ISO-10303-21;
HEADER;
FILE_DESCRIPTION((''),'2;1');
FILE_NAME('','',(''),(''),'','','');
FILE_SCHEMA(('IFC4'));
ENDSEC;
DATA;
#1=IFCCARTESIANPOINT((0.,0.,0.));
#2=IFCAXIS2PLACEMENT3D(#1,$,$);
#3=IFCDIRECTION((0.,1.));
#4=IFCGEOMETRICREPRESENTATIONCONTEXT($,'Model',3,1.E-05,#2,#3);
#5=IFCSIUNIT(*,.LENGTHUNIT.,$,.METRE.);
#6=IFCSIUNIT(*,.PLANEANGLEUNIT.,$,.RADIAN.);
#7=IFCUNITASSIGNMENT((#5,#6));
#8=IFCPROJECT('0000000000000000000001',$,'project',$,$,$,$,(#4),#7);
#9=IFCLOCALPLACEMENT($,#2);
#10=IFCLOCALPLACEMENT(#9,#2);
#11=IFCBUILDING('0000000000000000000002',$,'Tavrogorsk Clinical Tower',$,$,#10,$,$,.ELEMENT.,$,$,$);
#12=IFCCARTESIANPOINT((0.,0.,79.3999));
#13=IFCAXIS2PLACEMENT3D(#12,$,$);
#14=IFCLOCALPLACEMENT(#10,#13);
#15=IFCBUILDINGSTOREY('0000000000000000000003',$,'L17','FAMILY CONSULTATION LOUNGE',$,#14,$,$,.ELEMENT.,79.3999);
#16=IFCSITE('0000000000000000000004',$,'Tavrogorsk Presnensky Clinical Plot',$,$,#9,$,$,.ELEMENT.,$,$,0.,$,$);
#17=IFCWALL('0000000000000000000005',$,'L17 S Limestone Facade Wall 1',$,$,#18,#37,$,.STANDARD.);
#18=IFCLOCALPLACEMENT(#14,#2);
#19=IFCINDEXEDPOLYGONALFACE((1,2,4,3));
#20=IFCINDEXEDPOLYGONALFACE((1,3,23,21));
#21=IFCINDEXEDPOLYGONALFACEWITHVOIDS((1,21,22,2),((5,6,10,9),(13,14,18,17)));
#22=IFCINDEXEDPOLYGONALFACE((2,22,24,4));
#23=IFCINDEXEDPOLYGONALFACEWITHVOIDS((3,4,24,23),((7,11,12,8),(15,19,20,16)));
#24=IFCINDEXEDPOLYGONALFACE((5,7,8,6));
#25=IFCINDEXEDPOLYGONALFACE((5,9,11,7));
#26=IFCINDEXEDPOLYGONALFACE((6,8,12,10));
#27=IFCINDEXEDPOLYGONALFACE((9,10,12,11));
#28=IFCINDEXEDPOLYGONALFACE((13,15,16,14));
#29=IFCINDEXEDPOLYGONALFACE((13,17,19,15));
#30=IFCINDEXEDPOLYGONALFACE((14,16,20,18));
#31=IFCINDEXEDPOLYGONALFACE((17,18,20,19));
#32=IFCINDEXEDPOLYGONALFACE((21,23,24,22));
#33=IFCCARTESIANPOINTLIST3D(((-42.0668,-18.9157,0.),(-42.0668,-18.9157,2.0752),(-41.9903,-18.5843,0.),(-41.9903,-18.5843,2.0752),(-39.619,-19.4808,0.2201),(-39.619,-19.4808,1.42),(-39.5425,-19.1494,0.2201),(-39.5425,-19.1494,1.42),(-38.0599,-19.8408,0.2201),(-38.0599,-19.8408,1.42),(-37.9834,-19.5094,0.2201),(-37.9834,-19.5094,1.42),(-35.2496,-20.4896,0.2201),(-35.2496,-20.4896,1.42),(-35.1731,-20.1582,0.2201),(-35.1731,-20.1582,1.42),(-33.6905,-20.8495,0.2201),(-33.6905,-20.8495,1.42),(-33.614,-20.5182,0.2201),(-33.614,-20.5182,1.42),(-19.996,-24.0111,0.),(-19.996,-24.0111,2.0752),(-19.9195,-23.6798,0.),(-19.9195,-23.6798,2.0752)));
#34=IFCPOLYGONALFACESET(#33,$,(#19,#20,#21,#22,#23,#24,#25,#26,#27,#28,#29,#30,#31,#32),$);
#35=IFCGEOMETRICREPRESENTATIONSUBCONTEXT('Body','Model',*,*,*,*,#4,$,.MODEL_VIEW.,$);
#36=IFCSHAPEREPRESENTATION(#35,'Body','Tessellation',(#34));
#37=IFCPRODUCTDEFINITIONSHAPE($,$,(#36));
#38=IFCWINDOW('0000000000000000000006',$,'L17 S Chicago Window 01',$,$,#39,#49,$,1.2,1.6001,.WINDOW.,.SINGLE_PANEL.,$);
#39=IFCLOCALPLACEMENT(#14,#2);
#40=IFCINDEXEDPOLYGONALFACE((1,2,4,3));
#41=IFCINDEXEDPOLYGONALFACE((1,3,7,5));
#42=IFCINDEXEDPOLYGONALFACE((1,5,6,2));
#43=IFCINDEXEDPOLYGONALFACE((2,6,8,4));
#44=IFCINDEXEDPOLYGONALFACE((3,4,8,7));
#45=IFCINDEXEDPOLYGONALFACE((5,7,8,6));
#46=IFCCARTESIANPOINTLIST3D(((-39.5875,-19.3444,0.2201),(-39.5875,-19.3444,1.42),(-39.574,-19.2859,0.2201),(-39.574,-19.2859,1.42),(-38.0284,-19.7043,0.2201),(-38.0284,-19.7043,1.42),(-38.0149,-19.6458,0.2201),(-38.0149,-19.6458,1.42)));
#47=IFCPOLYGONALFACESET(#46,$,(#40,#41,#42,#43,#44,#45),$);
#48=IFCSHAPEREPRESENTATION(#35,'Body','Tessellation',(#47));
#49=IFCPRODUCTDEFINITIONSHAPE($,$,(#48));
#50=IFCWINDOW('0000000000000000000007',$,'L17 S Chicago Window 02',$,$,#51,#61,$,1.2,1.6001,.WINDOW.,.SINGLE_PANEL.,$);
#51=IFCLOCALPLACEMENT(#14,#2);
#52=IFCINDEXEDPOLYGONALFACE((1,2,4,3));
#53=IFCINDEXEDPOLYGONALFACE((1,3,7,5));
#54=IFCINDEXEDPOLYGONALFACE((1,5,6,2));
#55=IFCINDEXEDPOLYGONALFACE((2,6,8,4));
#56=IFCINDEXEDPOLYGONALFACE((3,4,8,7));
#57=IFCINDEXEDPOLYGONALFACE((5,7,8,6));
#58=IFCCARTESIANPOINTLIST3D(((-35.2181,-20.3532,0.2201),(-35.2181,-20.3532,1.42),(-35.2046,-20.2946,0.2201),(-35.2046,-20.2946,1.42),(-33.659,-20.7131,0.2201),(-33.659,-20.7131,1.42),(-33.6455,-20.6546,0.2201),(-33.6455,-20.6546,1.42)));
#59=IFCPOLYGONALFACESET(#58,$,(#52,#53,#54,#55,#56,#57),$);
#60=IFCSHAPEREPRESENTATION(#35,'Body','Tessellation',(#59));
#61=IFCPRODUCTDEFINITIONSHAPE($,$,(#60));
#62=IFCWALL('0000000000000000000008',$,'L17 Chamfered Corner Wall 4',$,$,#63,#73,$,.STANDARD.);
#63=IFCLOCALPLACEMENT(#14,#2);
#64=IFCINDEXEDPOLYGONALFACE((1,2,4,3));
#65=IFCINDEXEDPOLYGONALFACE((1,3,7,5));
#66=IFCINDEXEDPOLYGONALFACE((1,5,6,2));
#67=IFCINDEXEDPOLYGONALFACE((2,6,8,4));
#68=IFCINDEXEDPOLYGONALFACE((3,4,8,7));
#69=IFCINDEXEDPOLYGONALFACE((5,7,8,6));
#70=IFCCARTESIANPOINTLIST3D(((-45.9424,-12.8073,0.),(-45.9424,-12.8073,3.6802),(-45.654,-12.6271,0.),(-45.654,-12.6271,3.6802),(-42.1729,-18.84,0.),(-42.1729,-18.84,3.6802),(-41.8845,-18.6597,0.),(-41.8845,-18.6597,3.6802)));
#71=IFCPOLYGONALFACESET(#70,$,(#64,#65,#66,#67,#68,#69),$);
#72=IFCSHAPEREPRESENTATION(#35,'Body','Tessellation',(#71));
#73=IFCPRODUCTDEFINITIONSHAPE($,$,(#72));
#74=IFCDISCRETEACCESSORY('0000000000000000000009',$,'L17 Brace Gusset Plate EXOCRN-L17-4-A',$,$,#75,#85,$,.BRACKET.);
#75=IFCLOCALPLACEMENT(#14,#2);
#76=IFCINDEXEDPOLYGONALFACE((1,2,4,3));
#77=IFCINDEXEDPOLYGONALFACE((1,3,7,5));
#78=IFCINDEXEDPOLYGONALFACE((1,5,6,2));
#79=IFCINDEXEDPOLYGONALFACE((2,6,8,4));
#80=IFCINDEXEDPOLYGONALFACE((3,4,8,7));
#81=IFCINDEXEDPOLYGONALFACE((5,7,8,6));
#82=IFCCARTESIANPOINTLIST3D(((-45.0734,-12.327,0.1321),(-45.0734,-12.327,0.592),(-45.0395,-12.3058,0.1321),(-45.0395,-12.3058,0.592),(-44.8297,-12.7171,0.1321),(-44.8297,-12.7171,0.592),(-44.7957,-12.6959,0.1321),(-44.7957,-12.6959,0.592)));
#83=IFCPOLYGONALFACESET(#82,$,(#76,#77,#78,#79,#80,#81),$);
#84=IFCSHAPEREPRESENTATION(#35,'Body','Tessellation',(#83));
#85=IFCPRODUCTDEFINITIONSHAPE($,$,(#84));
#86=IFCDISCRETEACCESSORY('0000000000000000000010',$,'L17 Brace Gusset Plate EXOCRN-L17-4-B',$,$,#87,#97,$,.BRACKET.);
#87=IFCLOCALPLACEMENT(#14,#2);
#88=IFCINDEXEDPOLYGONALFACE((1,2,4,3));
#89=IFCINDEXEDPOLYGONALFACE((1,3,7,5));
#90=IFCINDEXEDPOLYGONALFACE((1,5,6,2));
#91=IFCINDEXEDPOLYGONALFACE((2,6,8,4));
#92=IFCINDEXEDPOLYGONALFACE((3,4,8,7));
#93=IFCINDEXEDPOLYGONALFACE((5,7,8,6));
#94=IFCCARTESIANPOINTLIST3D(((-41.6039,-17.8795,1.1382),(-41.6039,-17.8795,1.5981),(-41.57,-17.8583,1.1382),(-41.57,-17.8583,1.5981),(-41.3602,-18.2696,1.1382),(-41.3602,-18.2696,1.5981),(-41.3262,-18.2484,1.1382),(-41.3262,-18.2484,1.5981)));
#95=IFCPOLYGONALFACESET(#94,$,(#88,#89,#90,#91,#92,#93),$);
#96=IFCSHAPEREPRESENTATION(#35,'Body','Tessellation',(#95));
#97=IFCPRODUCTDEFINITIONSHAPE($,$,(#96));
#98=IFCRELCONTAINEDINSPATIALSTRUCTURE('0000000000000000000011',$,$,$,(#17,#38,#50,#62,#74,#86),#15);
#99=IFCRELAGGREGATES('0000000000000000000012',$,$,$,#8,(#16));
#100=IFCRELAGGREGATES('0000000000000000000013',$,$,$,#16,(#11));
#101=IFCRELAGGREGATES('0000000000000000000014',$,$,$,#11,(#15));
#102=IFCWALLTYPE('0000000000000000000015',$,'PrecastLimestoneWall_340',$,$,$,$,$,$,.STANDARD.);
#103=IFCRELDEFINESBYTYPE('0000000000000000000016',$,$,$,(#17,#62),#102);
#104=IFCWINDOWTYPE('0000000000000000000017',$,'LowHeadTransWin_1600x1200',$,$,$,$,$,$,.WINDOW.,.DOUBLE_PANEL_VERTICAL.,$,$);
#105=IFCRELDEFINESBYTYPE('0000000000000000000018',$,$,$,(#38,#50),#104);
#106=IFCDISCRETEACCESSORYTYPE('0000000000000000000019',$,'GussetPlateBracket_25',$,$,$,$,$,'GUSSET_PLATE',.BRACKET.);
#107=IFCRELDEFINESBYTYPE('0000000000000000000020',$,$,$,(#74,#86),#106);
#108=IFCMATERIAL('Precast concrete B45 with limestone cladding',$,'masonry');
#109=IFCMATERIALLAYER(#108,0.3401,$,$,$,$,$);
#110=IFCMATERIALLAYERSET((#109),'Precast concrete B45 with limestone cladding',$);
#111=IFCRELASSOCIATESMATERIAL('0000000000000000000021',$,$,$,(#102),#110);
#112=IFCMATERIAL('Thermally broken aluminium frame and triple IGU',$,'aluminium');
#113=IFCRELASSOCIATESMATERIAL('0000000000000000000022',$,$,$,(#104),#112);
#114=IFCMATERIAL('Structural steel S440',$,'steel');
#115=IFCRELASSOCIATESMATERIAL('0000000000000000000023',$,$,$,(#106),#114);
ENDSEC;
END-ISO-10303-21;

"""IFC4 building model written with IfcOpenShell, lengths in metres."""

from ifc_helpers import new_model, si_unit, direction, frame, frame_2d, origin, origin_2d, place, context, subcontext, project, spatial, rectangle, extrude, material, layer, layer_set, type_object, element, fill, save


model = new_model("IFC4")

# Units and contexts
model_context = context("Model", 3, precision=1e-05, world=origin(), true_north=direction((0.0, 1.0)))
body_context = subcontext(model_context, "Body", "Model", "MODEL_VIEW")
ifc_project = project(units=[si_unit("LENGTHUNIT", "METRE"), si_unit("PLANEANGLEUNIT", "RADIAN")], contexts=[model_context])

# Site, building, storey
site_placement = place(None, origin())
site = spatial("IfcSite", under=ifc_project, at=site_placement, Name="Tavrogorsk Presnensky Clinical Plot", CompositionType="ELEMENT", RefElevation=0.0)
building_placement = place(site_placement, origin())
building = spatial("IfcBuilding", under=site, at=building_placement, Name="Tavrogorsk Clinical Tower", CompositionType="ELEMENT")
storey_placement = place(building_placement, frame((0.0, 0.0, 79.3999)))
storey = spatial("IfcBuildingStorey", under=building, at=storey_placement, Name="L17", Description="FAMILY CONSULTATION LOUNGE", CompositionType="ELEMENT", Elevation=79.3999)

# Wall, openings, windows
ifc_material_1 = material(Name="Precast concrete B45 with limestone cladding", Category="masonry")
ifc_layer_1 = layer(ifc_material_1, 0.3401)
ifc_layer_set_1 = layer_set([ifc_layer_1], Name="Precast concrete B45 with limestone cladding")
wall_type_1 = type_object("IfcWallType", Name="PrecastLimestoneWall_340", PredefinedType="STANDARD", material=ifc_layer_set_1)
wall_1_placement = place(storey_placement, frame((-42.0286, -18.75, 0.0), z_axis=(0.0, 0.0, 1.0), x_axis=(0.97437, -0.224952, 0.0)))
wall_1 = element("IfcWall", 1, at=wall_1_placement, inside=storey, type_object=wall_type_1, Name="L17 S Limestone Facade Wall 1", PredefinedType="STANDARD", context=body_context, shape_type="SweptSolid", body=[
    extrude(rectangle(XDim=22.6514, YDim=0.3401, at=frame_2d((11.3257, 0.0))), origin(), (0.0, 0.0, 1.0), 2.0752),
])
opening_1_placement = place(wall_1_placement, frame((2.5122, 0.0, 0.22)))
opening_1 = element("IfcOpeningElement", 2, at=opening_1_placement, cuts=wall_1, PredefinedType="OPENING", context=body_context, shape_type="SweptSolid", body=[
    extrude(rectangle(XDim=1.6001, YDim=1.2, at=frame_2d((0.8, 0.6001))), frame((0.0, 0.1799, 0.0), z_axis=(0.0, -1.0, 0.0), x_axis=(1.0, 0.0, 0.0)), (0.0, 0.0, 1.0), 0.3601),
])
opening_2_placement = place(wall_1_placement, frame((6.9966, 0.0, 0.22)))
opening_2 = element("IfcOpeningElement", 3, at=opening_2_placement, cuts=wall_1, PredefinedType="OPENING", context=body_context, shape_type="SweptSolid", body=[
    extrude(rectangle(XDim=1.6001, YDim=1.2, at=frame_2d((0.8, 0.6001))), frame((0.0, 0.1799, 0.0), z_axis=(0.0, -1.0, 0.0), x_axis=(1.0, 0.0, 0.0)), (0.0, 0.0, 1.0), 0.3601),
])
ifc_material_2 = material(Name="Thermally broken aluminium frame and triple IGU", Category="aluminium")
window_type = type_object("IfcWindowType", Name="LowHeadTransWin_1600x1200", PartitioningType="DOUBLE_PANEL_VERTICAL", PredefinedType="WINDOW", material=ifc_material_2)
window_1_placement = place(opening_1_placement, origin())
window_1 = element("IfcWindow", 4, at=window_1_placement, inside=storey, type_object=window_type, Name="L17 S Chicago Window 01", OverallHeight=1.2, OverallWidth=1.6001, PartitioningType="SINGLE_PANEL", PredefinedType="WINDOW", context=body_context, shape_type="SweptSolid", body=[
    extrude(rectangle(XDim=1.6001, YDim=1.2, at=frame_2d((0.8, 0.6001))), frame((0.0, 0.03, 0.0), z_axis=(0.0, -1.0, 0.0), x_axis=(1.0, 0.0, 0.0)), (0.0, 0.0, 1.0), 0.0601),
])
fill(opening_1, window_1)
window_2_placement = place(opening_2_placement, origin())
window_2 = element("IfcWindow", 5, at=window_2_placement, inside=storey, type_object=window_type, Name="L17 S Chicago Window 02", OverallHeight=1.2, OverallWidth=1.6001, PartitioningType="SINGLE_PANEL", PredefinedType="WINDOW", context=body_context, shape_type="SweptSolid", body=[
    extrude(rectangle(XDim=1.6001, YDim=1.2, at=frame_2d((0.8, 0.6001))), frame((0.0, 0.03, 0.0), z_axis=(0.0, -1.0, 0.0), x_axis=(1.0, 0.0, 0.0)), (0.0, 0.0, 1.0), 0.0601),
])
fill(opening_2, window_2)

# Wall
wall_2_placement = place(storey_placement, frame((-45.7981, -12.7173, 0.0), z_axis=(0.0, 0.0, 1.0), x_axis=(0.529906, -0.848056, 0.0)))
element("IfcWall", 6, at=wall_2_placement, inside=storey, type_object=wall_type_1, Name="L17 Chamfered Corner Wall 4", PredefinedType="STANDARD", context=body_context, shape_type="SweptSolid", body=[
    extrude(rectangle(XDim=7.1135, YDim=0.3401, at=frame_2d((3.5566, 0.0))), origin(), (0.0, 0.0, 1.0), 3.6802),
])

# Discrete accessories
ifc_material_3 = material(Name="Structural steel S440", Category="steel")
discrete_accessory_type = type_object("IfcDiscreteAccessoryType", Name="GussetPlateBracket_25", ElementType="GUSSET_PLATE", PredefinedType="BRACKET", material=ifc_material_3)
for number, where, z_axis, x_axis, name in (
    (7, (-44.9346, -12.5115, 0.1321), (0.0, 0.0, 1.0), (0.529919, -0.848048, 0.0), "L17 Brace Gusset Plate EXOCRN-L17-4-A"),
    (8, (-41.4651, -18.064, 1.1382), (0.0, 0.0, 1.0), (0.529919, -0.848048, 0.0), "L17 Brace Gusset Plate EXOCRN-L17-4-B"),
):
    element("IfcDiscreteAccessory", number, at=place(storey_placement, frame(where, z_axis=z_axis, x_axis=x_axis)), inside=storey, type_object=discrete_accessory_type, Name=name, PredefinedType="BRACKET", context=body_context, shape_type="SweptSolid", body=[
        extrude(rectangle(XDim=0.46, YDim=0.04, at=origin_2d()), origin(), (0.0, 0.0, 1.0), 0.46),
    ])

save(model, "model.ifc")
